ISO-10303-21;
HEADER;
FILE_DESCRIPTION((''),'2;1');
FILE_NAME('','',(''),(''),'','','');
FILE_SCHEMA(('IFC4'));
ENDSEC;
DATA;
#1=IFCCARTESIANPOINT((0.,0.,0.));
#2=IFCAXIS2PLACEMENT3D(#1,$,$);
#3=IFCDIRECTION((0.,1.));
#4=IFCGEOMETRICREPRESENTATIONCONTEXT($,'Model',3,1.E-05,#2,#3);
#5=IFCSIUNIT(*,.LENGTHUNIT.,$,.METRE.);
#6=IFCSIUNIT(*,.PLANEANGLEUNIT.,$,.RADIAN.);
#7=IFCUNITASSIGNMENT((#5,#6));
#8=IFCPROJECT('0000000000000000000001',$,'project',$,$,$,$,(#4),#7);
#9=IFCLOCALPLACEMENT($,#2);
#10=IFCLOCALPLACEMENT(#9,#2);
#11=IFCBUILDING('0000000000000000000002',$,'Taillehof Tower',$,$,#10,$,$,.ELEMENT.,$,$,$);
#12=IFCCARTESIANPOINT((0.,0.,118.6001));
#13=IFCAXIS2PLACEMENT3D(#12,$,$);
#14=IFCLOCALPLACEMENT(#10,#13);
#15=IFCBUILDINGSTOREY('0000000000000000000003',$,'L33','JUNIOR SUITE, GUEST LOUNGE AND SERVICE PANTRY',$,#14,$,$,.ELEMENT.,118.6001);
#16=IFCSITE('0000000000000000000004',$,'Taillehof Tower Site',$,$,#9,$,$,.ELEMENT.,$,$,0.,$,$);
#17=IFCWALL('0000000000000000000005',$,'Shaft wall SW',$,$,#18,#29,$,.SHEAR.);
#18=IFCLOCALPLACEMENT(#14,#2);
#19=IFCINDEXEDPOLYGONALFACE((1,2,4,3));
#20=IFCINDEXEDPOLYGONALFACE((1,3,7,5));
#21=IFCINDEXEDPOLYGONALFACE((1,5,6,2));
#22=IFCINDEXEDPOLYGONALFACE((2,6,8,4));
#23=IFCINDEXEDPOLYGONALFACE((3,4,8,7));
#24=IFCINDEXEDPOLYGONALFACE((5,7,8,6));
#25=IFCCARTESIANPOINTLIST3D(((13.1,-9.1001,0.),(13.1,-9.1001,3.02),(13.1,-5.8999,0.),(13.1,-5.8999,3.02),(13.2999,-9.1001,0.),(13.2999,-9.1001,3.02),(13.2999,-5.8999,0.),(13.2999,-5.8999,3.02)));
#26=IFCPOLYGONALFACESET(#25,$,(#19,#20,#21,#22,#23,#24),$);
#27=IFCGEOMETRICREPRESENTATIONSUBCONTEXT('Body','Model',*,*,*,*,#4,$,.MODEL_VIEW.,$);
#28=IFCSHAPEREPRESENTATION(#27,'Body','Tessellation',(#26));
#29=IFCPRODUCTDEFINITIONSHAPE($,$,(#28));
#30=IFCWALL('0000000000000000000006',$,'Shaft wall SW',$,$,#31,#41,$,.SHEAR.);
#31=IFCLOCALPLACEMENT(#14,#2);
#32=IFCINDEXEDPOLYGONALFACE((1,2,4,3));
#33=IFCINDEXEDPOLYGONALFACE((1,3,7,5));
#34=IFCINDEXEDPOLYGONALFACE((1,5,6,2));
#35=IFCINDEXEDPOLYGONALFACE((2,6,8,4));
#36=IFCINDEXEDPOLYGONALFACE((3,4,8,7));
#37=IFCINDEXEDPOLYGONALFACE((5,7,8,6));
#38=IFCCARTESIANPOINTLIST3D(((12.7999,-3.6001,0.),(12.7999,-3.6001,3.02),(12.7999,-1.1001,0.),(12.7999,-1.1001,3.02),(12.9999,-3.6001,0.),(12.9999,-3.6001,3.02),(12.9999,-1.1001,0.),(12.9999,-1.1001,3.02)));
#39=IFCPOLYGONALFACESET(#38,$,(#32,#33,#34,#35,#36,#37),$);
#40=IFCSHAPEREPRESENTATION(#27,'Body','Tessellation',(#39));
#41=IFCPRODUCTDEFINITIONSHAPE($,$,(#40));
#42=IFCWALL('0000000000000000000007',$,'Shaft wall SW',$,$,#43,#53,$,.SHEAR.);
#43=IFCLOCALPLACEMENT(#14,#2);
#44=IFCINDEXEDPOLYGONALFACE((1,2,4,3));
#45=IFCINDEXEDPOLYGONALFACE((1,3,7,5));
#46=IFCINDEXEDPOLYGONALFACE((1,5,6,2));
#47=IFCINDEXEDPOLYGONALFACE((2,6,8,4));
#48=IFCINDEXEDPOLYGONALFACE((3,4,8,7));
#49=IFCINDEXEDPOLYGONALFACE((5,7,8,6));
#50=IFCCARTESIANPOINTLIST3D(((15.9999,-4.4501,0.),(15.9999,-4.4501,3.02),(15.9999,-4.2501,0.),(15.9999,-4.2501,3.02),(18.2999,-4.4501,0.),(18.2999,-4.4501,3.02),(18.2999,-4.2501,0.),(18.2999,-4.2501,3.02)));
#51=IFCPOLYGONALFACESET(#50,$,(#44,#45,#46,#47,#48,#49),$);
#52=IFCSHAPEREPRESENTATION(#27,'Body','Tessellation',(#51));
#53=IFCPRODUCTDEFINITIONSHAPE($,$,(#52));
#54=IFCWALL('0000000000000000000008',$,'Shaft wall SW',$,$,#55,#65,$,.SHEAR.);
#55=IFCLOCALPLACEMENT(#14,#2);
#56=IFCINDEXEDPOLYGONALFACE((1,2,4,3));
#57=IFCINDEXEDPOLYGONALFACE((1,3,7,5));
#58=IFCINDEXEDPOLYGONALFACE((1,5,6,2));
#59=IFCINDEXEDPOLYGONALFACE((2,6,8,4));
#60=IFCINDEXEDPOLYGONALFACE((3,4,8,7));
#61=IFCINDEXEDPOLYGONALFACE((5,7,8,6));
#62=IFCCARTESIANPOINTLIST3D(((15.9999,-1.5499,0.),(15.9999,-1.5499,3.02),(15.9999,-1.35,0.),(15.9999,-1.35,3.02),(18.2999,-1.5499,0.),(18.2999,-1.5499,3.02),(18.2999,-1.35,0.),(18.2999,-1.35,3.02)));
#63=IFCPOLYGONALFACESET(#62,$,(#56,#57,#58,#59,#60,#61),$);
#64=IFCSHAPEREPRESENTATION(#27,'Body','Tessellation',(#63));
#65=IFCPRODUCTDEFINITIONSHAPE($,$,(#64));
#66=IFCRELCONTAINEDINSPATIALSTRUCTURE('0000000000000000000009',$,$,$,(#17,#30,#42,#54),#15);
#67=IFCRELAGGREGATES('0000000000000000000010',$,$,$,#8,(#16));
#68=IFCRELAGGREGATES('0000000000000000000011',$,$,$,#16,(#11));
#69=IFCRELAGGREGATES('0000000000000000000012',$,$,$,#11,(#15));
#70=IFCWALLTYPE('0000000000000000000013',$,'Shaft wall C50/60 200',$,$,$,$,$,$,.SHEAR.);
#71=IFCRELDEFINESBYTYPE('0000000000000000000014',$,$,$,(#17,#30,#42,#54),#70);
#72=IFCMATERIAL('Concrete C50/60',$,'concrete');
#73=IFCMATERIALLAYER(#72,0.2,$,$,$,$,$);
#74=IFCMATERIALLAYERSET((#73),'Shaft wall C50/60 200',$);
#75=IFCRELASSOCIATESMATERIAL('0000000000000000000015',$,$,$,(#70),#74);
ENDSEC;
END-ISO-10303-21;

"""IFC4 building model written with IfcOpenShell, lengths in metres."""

from ifc_helpers import new_model, si_unit, direction, frame, frame_2d, origin, place, context, subcontext, project, spatial, rectangle, extrude, material, layer, layer_set, type_object, element, save


model = new_model("IFC4")

# Units and contexts
model_context = context("Model", 3, precision=1e-05, world=origin(), true_north=direction((0.0, 1.0)))
body_context = subcontext(model_context, "Body", "Model", "MODEL_VIEW")
ifc_project = project(units=[si_unit("LENGTHUNIT", "METRE"), si_unit("PLANEANGLEUNIT", "RADIAN")], contexts=[model_context])

# Site, building, storey
site_placement = place(None, origin())
site = spatial("IfcSite", under=ifc_project, at=site_placement, Name="Taillehof Tower Site", CompositionType="ELEMENT", RefElevation=0.0)
building_placement = place(site_placement, origin())
building = spatial("IfcBuilding", under=site, at=building_placement, Name="Taillehof Tower", CompositionType="ELEMENT")
storey_placement = place(building_placement, frame((0.0, 0.0, 118.6001)))
storey = spatial("IfcBuildingStorey", under=building, at=storey_placement, Name="L33", Description="JUNIOR SUITE, GUEST LOUNGE AND SERVICE PANTRY", CompositionType="ELEMENT", Elevation=118.6001)

# Walls
ifc_material_1 = material(Name="Concrete C50/60", Category="concrete")
ifc_layer_1 = layer(ifc_material_1, 0.2)
ifc_layer_set_1 = layer_set([ifc_layer_1], Name="Shaft wall C50/60 200")
wall_type_1 = type_object("IfcWallType", Name="Shaft wall C50/60 200", PredefinedType="SHEAR", material=ifc_layer_set_1)
wall_1_placement = place(storey_placement, frame((13.2, -9.1001, 0.0), z_axis=(0.0, 0.0, 1.0), x_axis=(0.0, 1.0, 0.0)))
element("IfcWall", 1, at=wall_1_placement, inside=storey, type_object=wall_type_1, Name="Shaft wall SW", PredefinedType="SHEAR", context=body_context, shape_type="SweptSolid", body=[
    extrude(rectangle(XDim=3.2002, YDim=0.2, at=frame_2d((1.6001, 0.0))), origin(), (0.0, 0.0, 1.0), 3.02),
])
wall_2_placement = place(storey_placement, frame((12.8999, -3.6001, 0.0), z_axis=(0.0, 0.0, 1.0), x_axis=(0.0, 1.0, 0.0)))
element("IfcWall", 2, at=wall_2_placement, inside=storey, type_object=wall_type_1, Name="Shaft wall SW", PredefinedType="SHEAR", context=body_context, shape_type="SweptSolid", body=[
    extrude(rectangle(XDim=2.5, YDim=0.2, at=frame_2d((1.25, 0.0))), origin(), (0.0, 0.0, 1.0), 3.02),
])
for number, where, z_axis, x_axis, name in (
    (3, (16.0, -4.3501, 0.0), (0.0, 0.0, 1.0), (1.0, 0.0, 0.0), "Shaft wall SW"),
    (4, (16.0, -1.45, 0.0), (0.0, 0.0, 1.0), (1.0, 0.0, 0.0), "Shaft wall SW"),
):
    element("IfcWall", number, at=place(storey_placement, frame(where, z_axis=z_axis, x_axis=x_axis)), inside=storey, type_object=wall_type_1, Name=name, PredefinedType="SHEAR", context=body_context, shape_type="SweptSolid", body=[
        extrude(rectangle(XDim=2.3, YDim=0.2, at=frame_2d((1.1499, 0.0))), origin(), (0.0, 0.0, 1.0), 3.02),
    ])

save(model, "model.ifc")
